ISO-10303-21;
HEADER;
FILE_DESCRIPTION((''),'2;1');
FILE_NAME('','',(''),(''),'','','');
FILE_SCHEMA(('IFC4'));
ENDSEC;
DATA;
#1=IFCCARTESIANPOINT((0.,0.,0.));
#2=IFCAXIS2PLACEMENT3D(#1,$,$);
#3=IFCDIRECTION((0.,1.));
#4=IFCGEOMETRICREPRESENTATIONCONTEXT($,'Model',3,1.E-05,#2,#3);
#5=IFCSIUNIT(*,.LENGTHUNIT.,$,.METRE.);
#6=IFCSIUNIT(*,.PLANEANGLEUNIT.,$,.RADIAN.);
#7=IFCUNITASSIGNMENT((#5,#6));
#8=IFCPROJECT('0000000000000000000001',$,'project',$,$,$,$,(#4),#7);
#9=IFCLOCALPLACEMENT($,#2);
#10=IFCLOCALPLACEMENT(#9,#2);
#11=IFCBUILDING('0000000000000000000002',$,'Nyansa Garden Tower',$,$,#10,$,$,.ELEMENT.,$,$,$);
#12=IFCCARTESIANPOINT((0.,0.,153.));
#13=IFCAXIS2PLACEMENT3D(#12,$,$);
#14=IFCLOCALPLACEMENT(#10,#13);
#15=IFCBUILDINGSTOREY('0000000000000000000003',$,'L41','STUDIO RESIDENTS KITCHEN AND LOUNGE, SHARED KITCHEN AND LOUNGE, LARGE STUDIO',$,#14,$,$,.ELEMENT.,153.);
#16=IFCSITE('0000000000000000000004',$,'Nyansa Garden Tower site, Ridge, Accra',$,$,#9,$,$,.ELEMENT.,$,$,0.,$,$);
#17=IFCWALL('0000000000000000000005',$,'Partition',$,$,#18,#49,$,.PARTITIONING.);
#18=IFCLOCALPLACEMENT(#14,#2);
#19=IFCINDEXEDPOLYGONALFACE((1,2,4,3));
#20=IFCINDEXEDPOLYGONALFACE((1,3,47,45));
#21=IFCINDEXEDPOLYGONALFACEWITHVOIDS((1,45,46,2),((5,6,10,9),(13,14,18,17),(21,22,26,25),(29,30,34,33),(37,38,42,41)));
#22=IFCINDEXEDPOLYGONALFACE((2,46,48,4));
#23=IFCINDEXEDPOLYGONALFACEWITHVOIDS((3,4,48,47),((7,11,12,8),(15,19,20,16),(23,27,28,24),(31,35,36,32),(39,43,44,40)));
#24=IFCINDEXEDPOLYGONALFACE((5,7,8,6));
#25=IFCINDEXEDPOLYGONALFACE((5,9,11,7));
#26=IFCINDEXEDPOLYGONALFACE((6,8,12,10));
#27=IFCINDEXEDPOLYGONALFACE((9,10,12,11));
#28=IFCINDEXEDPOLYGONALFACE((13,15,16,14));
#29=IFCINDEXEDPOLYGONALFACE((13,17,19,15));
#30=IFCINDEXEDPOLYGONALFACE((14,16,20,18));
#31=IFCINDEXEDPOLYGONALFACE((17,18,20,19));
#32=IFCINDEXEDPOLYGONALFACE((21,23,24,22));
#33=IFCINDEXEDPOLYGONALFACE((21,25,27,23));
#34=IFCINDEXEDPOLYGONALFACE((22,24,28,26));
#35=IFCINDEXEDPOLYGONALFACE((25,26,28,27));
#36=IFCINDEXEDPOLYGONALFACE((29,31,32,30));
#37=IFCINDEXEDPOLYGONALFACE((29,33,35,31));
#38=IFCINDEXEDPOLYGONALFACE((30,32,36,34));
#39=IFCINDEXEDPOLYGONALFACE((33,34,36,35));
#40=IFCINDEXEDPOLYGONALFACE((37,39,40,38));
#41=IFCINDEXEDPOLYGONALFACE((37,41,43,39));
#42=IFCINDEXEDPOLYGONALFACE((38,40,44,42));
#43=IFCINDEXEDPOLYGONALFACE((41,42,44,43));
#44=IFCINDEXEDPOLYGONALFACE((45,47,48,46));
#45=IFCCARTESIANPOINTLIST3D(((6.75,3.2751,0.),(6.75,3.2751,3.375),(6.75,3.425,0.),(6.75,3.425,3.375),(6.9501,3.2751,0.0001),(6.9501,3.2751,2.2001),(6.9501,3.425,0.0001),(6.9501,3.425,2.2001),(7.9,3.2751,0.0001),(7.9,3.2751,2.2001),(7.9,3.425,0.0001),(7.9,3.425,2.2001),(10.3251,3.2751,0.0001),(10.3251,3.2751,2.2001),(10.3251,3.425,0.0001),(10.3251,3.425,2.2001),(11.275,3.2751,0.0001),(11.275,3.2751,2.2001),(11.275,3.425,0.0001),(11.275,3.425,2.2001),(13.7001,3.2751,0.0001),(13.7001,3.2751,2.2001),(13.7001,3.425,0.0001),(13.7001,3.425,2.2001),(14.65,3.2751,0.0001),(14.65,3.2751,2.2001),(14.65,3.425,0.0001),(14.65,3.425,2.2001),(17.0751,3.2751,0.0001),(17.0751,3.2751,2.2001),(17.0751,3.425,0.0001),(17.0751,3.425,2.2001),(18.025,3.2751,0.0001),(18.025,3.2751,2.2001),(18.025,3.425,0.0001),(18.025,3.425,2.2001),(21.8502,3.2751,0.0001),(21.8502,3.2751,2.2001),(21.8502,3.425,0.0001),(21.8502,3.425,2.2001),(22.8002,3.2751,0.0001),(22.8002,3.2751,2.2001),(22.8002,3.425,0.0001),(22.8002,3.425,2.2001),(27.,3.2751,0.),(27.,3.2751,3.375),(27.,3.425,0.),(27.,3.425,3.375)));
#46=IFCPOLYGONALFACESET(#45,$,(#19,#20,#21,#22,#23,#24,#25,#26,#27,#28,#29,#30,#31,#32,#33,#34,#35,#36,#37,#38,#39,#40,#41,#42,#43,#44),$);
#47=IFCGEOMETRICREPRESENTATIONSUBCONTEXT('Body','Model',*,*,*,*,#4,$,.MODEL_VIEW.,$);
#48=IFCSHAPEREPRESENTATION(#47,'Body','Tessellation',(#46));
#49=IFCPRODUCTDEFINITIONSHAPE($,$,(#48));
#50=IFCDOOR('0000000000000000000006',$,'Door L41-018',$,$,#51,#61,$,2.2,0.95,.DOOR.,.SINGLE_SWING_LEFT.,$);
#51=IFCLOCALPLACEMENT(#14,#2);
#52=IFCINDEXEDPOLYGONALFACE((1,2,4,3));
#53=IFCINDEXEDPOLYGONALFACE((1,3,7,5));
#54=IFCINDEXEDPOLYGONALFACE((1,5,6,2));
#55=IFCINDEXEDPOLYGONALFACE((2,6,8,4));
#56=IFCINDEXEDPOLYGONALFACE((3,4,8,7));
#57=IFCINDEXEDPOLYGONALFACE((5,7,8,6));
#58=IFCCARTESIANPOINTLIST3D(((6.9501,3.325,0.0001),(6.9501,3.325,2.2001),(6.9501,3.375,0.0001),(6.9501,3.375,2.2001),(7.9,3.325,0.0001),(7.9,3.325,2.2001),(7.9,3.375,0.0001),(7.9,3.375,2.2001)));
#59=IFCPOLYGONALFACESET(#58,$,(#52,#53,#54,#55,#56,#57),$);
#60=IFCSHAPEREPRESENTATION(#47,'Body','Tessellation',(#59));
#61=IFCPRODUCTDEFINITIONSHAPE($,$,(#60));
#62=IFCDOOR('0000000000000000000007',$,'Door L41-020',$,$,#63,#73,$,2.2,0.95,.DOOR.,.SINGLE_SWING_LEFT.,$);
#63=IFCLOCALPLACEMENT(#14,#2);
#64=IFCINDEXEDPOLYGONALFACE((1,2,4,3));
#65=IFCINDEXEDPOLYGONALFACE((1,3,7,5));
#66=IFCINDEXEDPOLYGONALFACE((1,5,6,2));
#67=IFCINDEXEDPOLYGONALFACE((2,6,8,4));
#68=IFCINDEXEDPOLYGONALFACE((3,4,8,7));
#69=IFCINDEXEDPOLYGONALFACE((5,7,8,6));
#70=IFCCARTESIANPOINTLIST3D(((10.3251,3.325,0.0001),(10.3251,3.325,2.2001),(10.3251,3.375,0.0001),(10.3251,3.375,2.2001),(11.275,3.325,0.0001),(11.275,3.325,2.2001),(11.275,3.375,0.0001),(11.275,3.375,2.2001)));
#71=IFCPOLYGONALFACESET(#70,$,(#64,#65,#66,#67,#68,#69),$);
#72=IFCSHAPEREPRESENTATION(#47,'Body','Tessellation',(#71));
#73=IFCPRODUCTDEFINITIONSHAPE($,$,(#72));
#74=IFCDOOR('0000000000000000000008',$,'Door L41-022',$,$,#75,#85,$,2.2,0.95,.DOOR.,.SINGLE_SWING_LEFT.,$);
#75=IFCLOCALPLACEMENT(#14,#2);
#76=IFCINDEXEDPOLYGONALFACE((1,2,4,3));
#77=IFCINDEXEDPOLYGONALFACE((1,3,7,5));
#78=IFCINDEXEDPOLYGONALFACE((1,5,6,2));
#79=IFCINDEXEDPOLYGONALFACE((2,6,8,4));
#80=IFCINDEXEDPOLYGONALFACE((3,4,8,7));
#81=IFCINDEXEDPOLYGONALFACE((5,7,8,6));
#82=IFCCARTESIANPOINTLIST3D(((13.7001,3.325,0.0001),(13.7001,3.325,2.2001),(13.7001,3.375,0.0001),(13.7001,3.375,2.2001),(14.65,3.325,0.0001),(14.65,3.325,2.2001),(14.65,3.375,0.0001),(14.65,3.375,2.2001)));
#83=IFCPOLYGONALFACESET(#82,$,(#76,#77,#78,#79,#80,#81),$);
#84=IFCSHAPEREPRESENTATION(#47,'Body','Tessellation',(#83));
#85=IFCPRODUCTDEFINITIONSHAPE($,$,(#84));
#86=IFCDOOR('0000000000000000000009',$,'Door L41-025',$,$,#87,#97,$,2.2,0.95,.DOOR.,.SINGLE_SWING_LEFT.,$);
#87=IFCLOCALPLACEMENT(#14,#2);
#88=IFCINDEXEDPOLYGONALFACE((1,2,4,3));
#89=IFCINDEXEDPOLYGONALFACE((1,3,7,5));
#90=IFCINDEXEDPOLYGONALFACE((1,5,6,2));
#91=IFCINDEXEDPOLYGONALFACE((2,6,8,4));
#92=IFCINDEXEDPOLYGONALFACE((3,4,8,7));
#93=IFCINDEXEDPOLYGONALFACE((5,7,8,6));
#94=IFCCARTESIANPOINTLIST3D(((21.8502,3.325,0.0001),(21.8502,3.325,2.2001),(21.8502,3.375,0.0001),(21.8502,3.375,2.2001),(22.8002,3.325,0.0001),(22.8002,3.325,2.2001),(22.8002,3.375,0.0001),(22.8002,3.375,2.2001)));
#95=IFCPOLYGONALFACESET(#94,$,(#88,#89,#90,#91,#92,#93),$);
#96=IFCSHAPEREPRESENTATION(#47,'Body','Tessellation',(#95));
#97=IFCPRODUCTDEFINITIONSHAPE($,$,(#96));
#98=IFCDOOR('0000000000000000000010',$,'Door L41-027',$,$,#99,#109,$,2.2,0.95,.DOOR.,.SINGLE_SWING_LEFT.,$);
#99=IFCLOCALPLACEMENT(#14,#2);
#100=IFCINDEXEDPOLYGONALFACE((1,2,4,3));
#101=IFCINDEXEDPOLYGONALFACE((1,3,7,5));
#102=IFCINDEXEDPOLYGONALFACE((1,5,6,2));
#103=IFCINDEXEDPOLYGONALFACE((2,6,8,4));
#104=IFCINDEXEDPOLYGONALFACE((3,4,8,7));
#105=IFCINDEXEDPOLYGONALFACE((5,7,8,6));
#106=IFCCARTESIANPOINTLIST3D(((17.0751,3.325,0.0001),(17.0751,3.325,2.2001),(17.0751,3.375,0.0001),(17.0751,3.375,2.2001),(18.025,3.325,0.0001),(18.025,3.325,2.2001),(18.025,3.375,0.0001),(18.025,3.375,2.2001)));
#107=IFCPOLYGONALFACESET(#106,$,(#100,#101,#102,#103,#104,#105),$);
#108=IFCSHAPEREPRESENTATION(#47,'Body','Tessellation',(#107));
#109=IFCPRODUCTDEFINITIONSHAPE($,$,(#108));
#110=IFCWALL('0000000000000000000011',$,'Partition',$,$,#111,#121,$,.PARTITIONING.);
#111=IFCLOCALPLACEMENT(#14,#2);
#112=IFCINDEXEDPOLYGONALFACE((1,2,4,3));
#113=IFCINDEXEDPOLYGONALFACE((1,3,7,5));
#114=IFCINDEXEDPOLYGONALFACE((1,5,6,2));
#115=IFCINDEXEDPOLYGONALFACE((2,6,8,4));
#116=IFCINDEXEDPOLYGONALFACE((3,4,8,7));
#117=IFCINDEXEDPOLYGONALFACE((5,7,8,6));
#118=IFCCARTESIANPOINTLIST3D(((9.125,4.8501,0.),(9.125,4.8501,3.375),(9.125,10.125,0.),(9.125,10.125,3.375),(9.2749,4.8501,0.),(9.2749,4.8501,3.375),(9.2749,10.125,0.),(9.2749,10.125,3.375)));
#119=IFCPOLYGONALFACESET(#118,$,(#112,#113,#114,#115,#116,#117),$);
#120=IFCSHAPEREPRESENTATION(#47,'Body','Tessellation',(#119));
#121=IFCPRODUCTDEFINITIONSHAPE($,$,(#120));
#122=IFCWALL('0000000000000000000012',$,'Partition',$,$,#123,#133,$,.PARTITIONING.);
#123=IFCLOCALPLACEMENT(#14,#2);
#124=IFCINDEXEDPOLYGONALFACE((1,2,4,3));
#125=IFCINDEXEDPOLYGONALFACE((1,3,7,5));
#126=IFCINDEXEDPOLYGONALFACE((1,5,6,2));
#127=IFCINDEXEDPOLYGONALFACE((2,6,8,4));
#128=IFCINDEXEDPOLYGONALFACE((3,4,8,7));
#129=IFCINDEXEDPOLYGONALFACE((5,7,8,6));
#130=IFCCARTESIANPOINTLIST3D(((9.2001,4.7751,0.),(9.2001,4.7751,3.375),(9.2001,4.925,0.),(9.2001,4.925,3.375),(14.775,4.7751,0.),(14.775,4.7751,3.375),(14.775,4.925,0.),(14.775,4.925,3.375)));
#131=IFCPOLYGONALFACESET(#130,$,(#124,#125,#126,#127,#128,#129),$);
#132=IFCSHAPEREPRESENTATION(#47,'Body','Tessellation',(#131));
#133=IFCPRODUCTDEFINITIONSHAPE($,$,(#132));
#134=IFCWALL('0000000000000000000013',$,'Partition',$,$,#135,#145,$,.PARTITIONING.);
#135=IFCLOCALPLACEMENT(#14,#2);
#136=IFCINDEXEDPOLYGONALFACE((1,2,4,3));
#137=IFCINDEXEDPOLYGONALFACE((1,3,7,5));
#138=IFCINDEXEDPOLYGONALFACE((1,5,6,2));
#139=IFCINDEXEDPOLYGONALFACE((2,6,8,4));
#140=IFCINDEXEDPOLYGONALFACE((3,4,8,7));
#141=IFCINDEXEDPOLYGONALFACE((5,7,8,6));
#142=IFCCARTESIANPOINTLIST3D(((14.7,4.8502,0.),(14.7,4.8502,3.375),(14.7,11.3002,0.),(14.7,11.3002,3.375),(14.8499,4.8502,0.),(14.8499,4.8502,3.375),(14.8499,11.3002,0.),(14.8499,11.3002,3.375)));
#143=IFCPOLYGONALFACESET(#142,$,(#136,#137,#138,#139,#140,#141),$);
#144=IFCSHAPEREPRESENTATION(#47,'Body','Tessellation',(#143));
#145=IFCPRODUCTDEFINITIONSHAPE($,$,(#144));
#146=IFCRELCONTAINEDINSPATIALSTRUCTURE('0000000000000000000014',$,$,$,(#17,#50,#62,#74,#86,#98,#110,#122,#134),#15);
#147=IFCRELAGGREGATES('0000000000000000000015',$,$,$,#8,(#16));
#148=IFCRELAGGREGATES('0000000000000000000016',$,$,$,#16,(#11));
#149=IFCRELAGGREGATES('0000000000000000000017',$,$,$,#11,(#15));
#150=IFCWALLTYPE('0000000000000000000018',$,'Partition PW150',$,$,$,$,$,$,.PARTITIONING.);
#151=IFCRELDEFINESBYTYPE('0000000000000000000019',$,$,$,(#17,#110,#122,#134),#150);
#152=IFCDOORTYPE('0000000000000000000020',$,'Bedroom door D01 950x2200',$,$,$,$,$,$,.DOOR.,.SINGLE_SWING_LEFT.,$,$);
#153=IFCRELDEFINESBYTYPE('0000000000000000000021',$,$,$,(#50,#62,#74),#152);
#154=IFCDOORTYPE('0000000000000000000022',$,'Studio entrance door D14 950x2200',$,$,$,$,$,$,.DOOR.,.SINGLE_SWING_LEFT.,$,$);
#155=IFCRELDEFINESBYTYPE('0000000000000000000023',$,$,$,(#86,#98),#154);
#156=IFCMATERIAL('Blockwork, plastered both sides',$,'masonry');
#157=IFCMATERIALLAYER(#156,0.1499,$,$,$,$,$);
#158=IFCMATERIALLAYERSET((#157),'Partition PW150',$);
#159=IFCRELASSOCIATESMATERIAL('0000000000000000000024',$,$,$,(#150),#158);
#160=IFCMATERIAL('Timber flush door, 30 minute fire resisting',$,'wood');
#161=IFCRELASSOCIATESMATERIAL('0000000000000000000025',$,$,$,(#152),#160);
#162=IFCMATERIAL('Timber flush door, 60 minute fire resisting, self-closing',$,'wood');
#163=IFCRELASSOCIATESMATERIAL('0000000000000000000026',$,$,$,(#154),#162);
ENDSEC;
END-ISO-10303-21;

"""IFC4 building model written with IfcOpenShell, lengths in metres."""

from ifc_helpers import new_model, si_unit, direction, frame, frame_2d, origin, place, context, subcontext, project, spatial, rectangle, extrude, material, layer, layer_set, type_object, element, fill, save


model = new_model("IFC4")

# Units and contexts
model_context = context("Model", 3, precision=1e-05, world=origin(), true_north=direction((0.0, 1.0)))
body_context = subcontext(model_context, "Body", "Model", "MODEL_VIEW")
ifc_project = project(units=[si_unit("LENGTHUNIT", "METRE"), si_unit("PLANEANGLEUNIT", "RADIAN")], contexts=[model_context])

# Site, building, storey
site_placement = place(None, origin())
site = spatial("IfcSite", under=ifc_project, at=site_placement, Name="Nyansa Garden Tower site, Ridge, Accra", CompositionType="ELEMENT", RefElevation=0.0)
building_placement = place(site_placement, origin())
building = spatial("IfcBuilding", under=site, at=building_placement, Name="Nyansa Garden Tower", CompositionType="ELEMENT")
storey_placement = place(building_placement, frame((0.0, 0.0, 153.0)))
storey = spatial("IfcBuildingStorey", under=building, at=storey_placement, Name="L41", Description="STUDIO RESIDENTS KITCHEN AND LOUNGE, SHARED KITCHEN AND LOUNGE, LARGE STUDIO", CompositionType="ELEMENT", Elevation=153.0)

# Wall, openings, doors
ifc_material_1 = material(Name="Blockwork, plastered both sides", Category="masonry")
ifc_layer_1 = layer(ifc_material_1, 0.1499)
ifc_layer_set_1 = layer_set([ifc_layer_1], Name="Partition PW150")
wall_type_1 = type_object("IfcWallType", Name="Partition PW150", PredefinedType="PARTITIONING", material=ifc_layer_set_1)
wall_1_placement = place(storey_placement, frame((6.75, 3.3501, 0.0), z_axis=(0.0, 0.0, 1.0), x_axis=(1.0, 0.0, 0.0)))
wall_1 = element("IfcWall", 1, at=wall_1_placement, inside=storey, type_object=wall_type_1, Name="Partition", PredefinedType="PARTITIONING", context=body_context, shape_type="SweptSolid", body=[
    extrude(rectangle(XDim=20.25, YDim=0.1499, at=frame_2d((10.125, 0.0))), origin(), (0.0, 0.0, 1.0), 3.375),
])
opening_1_placement = place(wall_1_placement, frame((0.2, 0.0, 0.0)))
opening_1 = element("IfcOpeningElement", 2, at=opening_1_placement, cuts=wall_1, PredefinedType="OPENING", context=body_context, shape_type="SweptSolid", body=[
    extrude(rectangle(XDim=0.95, YDim=2.2, at=frame_2d((0.4751, 1.1001))), frame((0.0, 0.085, 0.0), z_axis=(0.0, -1.0, 0.0), x_axis=(1.0, 0.0, 0.0)), (0.0, 0.0, 1.0), 0.1699),
])
opening_2_placement = place(wall_1_placement, frame((3.575, 0.0, 0.0)))
opening_2 = element("IfcOpeningElement", 3, at=opening_2_placement, cuts=wall_1, PredefinedType="OPENING", context=body_context, shape_type="SweptSolid", body=[
    extrude(rectangle(XDim=0.95, YDim=2.2, at=frame_2d((0.4751, 1.1001))), frame((0.0, 0.085, 0.0), z_axis=(0.0, -1.0, 0.0), x_axis=(1.0, 0.0, 0.0)), (0.0, 0.0, 1.0), 0.1699),
])
opening_3_placement = place(wall_1_placement, frame((6.95, 0.0, 0.0)))
opening_3 = element("IfcOpeningElement", 4, at=opening_3_placement, cuts=wall_1, PredefinedType="OPENING", context=body_context, shape_type="SweptSolid", body=[
    extrude(rectangle(XDim=0.95, YDim=2.2, at=frame_2d((0.4751, 1.1001))), frame((0.0, 0.085, 0.0), z_axis=(0.0, -1.0, 0.0), x_axis=(1.0, 0.0, 0.0)), (0.0, 0.0, 1.0), 0.1699),
])
opening_4_placement = place(wall_1_placement, frame((15.1001, 0.0, 0.0)))
opening_4 = element("IfcOpeningElement", 5, at=opening_4_placement, cuts=wall_1, PredefinedType="OPENING", context=body_context, shape_type="SweptSolid", body=[
    extrude(rectangle(XDim=0.95, YDim=2.2, at=frame_2d((0.4751, 1.1001))), frame((0.0, 0.085, 0.0), z_axis=(0.0, -1.0, 0.0), x_axis=(1.0, 0.0, 0.0)), (0.0, 0.0, 1.0), 0.1699),
])
opening_5_placement = place(wall_1_placement, frame((10.325, 0.0, 0.0)))
opening_5 = element("IfcOpeningElement", 6, at=opening_5_placement, cuts=wall_1, PredefinedType="OPENING", context=body_context, shape_type="SweptSolid", body=[
    extrude(rectangle(XDim=0.95, YDim=2.2, at=frame_2d((0.4751, 1.1001))), frame((0.0, 0.085, 0.0), z_axis=(0.0, -1.0, 0.0), x_axis=(1.0, 0.0, 0.0)), (0.0, 0.0, 1.0), 0.1699),
])
ifc_material_2 = material(Name="Timber flush door, 30 minute fire resisting", Category="wood")
door_type_1 = type_object("IfcDoorType", Name="Bedroom door D01 950x2200", OperationType="SINGLE_SWING_LEFT", PredefinedType="DOOR", material=ifc_material_2)
door_1_placement = place(opening_1_placement, origin())
door_1 = element("IfcDoor", 7, at=door_1_placement, inside=storey, type_object=door_type_1, Name="Door L41-018", OperationType="SINGLE_SWING_LEFT", OverallHeight=2.2, OverallWidth=0.95, PredefinedType="DOOR", context=body_context, shape_type="SweptSolid", body=[
    extrude(rectangle(XDim=0.95, YDim=2.2, at=frame_2d((0.4751, 1.1001))), frame((0.0, 0.0249, 0.0), z_axis=(0.0, -1.0, 0.0), x_axis=(1.0, 0.0, 0.0)), (0.0, 0.0, 1.0), 0.05),
])
fill(opening_1, door_1)
door_2_placement = place(opening_2_placement, origin())
door_2 = element("IfcDoor", 8, at=door_2_placement, inside=storey, type_object=door_type_1, Name="Door L41-020", OperationType="SINGLE_SWING_LEFT", OverallHeight=2.2, OverallWidth=0.95, PredefinedType="DOOR", context=body_context, shape_type="SweptSolid", body=[
    extrude(rectangle(XDim=0.95, YDim=2.2, at=frame_2d((0.4751, 1.1001))), frame((0.0, 0.0249, 0.0), z_axis=(0.0, -1.0, 0.0), x_axis=(1.0, 0.0, 0.0)), (0.0, 0.0, 1.0), 0.05),
])
fill(opening_2, door_2)
door_3_placement = place(opening_3_placement, origin())
door_3 = element("IfcDoor", 9, at=door_3_placement, inside=storey, type_object=door_type_1, Name="Door L41-022", OperationType="SINGLE_SWING_LEFT", OverallHeight=2.2, OverallWidth=0.95, PredefinedType="DOOR", context=body_context, shape_type="SweptSolid", body=[
    extrude(rectangle(XDim=0.95, YDim=2.2, at=frame_2d((0.4751, 1.1001))), frame((0.0, 0.0249, 0.0), z_axis=(0.0, -1.0, 0.0), x_axis=(1.0, 0.0, 0.0)), (0.0, 0.0, 1.0), 0.05),
])
fill(opening_3, door_3)
ifc_material_3 = material(Name="Timber flush door, 60 minute fire resisting, self-closing", Category="wood")
door_type_2 = type_object("IfcDoorType", Name="Studio entrance door D14 950x2200", OperationType="SINGLE_SWING_LEFT", PredefinedType="DOOR", material=ifc_material_3)
door_4_placement = place(opening_4_placement, origin())
door_4 = element("IfcDoor", 10, at=door_4_placement, inside=storey, type_object=door_type_2, Name="Door L41-025", OperationType="SINGLE_SWING_LEFT", OverallHeight=2.2, OverallWidth=0.95, PredefinedType="DOOR", context=body_context, shape_type="SweptSolid", body=[
    extrude(rectangle(XDim=0.95, YDim=2.2, at=frame_2d((0.4751, 1.1001))), frame((0.0, 0.0249, 0.0), z_axis=(0.0, -1.0, 0.0), x_axis=(1.0, 0.0, 0.0)), (0.0, 0.0, 1.0), 0.05),
])
fill(opening_4, door_4)
door_5_placement = place(opening_5_placement, origin())
door_5 = element("IfcDoor", 11, at=door_5_placement, inside=storey, type_object=door_type_2, Name="Door L41-027", OperationType="SINGLE_SWING_LEFT", OverallHeight=2.2, OverallWidth=0.95, PredefinedType="DOOR", context=body_context, shape_type="SweptSolid", body=[
    extrude(rectangle(XDim=0.95, YDim=2.2, at=frame_2d((0.4751, 1.1001))), frame((0.0, 0.0249, 0.0), z_axis=(0.0, -1.0, 0.0), x_axis=(1.0, 0.0, 0.0)), (0.0, 0.0, 1.0), 0.05),
])
fill(opening_5, door_5)

# Walls
wall_2_placement = place(storey_placement, frame((9.2, 4.8501, 0.0), z_axis=(0.0, 0.0, 1.0), x_axis=(0.0, 1.0, 0.0)))
element("IfcWall", 12, at=wall_2_placement, inside=storey, type_object=wall_type_1, Name="Partition", PredefinedType="PARTITIONING", context=body_context, shape_type="SweptSolid", body=[
    extrude(rectangle(XDim=5.2749, YDim=0.1499, at=frame_2d((2.6375, 0.0))), origin(), (0.0, 0.0, 1.0), 3.375),
])
wall_3_placement = place(storey_placement, frame((9.2, 4.8501, 0.0), z_axis=(0.0, 0.0, 1.0), x_axis=(1.0, 0.0, 0.0)))
element("IfcWall", 13, at=wall_3_placement, inside=storey, type_object=wall_type_1, Name="Partition", PredefinedType="PARTITIONING", context=body_context, shape_type="SweptSolid", body=[
    extrude(rectangle(XDim=5.575, YDim=0.1499, at=frame_2d((2.7876, 0.0))), origin(), (0.0, 0.0, 1.0), 3.375),
])
wall_4_placement = place(storey_placement, frame((14.7749, 4.8501, 0.0), z_axis=(0.0, 0.0, 1.0), x_axis=(0.0, 1.0, 0.0)))
element("IfcWall", 14, at=wall_4_placement, inside=storey, type_object=wall_type_1, Name="Partition", PredefinedType="PARTITIONING", context=body_context, shape_type="SweptSolid", body=[
    extrude(rectangle(XDim=6.45, YDim=0.1499, at=frame_2d((3.2251, 0.0))), origin(), (0.0, 0.0, 1.0), 3.375),
])

save(model, "model.ifc")
